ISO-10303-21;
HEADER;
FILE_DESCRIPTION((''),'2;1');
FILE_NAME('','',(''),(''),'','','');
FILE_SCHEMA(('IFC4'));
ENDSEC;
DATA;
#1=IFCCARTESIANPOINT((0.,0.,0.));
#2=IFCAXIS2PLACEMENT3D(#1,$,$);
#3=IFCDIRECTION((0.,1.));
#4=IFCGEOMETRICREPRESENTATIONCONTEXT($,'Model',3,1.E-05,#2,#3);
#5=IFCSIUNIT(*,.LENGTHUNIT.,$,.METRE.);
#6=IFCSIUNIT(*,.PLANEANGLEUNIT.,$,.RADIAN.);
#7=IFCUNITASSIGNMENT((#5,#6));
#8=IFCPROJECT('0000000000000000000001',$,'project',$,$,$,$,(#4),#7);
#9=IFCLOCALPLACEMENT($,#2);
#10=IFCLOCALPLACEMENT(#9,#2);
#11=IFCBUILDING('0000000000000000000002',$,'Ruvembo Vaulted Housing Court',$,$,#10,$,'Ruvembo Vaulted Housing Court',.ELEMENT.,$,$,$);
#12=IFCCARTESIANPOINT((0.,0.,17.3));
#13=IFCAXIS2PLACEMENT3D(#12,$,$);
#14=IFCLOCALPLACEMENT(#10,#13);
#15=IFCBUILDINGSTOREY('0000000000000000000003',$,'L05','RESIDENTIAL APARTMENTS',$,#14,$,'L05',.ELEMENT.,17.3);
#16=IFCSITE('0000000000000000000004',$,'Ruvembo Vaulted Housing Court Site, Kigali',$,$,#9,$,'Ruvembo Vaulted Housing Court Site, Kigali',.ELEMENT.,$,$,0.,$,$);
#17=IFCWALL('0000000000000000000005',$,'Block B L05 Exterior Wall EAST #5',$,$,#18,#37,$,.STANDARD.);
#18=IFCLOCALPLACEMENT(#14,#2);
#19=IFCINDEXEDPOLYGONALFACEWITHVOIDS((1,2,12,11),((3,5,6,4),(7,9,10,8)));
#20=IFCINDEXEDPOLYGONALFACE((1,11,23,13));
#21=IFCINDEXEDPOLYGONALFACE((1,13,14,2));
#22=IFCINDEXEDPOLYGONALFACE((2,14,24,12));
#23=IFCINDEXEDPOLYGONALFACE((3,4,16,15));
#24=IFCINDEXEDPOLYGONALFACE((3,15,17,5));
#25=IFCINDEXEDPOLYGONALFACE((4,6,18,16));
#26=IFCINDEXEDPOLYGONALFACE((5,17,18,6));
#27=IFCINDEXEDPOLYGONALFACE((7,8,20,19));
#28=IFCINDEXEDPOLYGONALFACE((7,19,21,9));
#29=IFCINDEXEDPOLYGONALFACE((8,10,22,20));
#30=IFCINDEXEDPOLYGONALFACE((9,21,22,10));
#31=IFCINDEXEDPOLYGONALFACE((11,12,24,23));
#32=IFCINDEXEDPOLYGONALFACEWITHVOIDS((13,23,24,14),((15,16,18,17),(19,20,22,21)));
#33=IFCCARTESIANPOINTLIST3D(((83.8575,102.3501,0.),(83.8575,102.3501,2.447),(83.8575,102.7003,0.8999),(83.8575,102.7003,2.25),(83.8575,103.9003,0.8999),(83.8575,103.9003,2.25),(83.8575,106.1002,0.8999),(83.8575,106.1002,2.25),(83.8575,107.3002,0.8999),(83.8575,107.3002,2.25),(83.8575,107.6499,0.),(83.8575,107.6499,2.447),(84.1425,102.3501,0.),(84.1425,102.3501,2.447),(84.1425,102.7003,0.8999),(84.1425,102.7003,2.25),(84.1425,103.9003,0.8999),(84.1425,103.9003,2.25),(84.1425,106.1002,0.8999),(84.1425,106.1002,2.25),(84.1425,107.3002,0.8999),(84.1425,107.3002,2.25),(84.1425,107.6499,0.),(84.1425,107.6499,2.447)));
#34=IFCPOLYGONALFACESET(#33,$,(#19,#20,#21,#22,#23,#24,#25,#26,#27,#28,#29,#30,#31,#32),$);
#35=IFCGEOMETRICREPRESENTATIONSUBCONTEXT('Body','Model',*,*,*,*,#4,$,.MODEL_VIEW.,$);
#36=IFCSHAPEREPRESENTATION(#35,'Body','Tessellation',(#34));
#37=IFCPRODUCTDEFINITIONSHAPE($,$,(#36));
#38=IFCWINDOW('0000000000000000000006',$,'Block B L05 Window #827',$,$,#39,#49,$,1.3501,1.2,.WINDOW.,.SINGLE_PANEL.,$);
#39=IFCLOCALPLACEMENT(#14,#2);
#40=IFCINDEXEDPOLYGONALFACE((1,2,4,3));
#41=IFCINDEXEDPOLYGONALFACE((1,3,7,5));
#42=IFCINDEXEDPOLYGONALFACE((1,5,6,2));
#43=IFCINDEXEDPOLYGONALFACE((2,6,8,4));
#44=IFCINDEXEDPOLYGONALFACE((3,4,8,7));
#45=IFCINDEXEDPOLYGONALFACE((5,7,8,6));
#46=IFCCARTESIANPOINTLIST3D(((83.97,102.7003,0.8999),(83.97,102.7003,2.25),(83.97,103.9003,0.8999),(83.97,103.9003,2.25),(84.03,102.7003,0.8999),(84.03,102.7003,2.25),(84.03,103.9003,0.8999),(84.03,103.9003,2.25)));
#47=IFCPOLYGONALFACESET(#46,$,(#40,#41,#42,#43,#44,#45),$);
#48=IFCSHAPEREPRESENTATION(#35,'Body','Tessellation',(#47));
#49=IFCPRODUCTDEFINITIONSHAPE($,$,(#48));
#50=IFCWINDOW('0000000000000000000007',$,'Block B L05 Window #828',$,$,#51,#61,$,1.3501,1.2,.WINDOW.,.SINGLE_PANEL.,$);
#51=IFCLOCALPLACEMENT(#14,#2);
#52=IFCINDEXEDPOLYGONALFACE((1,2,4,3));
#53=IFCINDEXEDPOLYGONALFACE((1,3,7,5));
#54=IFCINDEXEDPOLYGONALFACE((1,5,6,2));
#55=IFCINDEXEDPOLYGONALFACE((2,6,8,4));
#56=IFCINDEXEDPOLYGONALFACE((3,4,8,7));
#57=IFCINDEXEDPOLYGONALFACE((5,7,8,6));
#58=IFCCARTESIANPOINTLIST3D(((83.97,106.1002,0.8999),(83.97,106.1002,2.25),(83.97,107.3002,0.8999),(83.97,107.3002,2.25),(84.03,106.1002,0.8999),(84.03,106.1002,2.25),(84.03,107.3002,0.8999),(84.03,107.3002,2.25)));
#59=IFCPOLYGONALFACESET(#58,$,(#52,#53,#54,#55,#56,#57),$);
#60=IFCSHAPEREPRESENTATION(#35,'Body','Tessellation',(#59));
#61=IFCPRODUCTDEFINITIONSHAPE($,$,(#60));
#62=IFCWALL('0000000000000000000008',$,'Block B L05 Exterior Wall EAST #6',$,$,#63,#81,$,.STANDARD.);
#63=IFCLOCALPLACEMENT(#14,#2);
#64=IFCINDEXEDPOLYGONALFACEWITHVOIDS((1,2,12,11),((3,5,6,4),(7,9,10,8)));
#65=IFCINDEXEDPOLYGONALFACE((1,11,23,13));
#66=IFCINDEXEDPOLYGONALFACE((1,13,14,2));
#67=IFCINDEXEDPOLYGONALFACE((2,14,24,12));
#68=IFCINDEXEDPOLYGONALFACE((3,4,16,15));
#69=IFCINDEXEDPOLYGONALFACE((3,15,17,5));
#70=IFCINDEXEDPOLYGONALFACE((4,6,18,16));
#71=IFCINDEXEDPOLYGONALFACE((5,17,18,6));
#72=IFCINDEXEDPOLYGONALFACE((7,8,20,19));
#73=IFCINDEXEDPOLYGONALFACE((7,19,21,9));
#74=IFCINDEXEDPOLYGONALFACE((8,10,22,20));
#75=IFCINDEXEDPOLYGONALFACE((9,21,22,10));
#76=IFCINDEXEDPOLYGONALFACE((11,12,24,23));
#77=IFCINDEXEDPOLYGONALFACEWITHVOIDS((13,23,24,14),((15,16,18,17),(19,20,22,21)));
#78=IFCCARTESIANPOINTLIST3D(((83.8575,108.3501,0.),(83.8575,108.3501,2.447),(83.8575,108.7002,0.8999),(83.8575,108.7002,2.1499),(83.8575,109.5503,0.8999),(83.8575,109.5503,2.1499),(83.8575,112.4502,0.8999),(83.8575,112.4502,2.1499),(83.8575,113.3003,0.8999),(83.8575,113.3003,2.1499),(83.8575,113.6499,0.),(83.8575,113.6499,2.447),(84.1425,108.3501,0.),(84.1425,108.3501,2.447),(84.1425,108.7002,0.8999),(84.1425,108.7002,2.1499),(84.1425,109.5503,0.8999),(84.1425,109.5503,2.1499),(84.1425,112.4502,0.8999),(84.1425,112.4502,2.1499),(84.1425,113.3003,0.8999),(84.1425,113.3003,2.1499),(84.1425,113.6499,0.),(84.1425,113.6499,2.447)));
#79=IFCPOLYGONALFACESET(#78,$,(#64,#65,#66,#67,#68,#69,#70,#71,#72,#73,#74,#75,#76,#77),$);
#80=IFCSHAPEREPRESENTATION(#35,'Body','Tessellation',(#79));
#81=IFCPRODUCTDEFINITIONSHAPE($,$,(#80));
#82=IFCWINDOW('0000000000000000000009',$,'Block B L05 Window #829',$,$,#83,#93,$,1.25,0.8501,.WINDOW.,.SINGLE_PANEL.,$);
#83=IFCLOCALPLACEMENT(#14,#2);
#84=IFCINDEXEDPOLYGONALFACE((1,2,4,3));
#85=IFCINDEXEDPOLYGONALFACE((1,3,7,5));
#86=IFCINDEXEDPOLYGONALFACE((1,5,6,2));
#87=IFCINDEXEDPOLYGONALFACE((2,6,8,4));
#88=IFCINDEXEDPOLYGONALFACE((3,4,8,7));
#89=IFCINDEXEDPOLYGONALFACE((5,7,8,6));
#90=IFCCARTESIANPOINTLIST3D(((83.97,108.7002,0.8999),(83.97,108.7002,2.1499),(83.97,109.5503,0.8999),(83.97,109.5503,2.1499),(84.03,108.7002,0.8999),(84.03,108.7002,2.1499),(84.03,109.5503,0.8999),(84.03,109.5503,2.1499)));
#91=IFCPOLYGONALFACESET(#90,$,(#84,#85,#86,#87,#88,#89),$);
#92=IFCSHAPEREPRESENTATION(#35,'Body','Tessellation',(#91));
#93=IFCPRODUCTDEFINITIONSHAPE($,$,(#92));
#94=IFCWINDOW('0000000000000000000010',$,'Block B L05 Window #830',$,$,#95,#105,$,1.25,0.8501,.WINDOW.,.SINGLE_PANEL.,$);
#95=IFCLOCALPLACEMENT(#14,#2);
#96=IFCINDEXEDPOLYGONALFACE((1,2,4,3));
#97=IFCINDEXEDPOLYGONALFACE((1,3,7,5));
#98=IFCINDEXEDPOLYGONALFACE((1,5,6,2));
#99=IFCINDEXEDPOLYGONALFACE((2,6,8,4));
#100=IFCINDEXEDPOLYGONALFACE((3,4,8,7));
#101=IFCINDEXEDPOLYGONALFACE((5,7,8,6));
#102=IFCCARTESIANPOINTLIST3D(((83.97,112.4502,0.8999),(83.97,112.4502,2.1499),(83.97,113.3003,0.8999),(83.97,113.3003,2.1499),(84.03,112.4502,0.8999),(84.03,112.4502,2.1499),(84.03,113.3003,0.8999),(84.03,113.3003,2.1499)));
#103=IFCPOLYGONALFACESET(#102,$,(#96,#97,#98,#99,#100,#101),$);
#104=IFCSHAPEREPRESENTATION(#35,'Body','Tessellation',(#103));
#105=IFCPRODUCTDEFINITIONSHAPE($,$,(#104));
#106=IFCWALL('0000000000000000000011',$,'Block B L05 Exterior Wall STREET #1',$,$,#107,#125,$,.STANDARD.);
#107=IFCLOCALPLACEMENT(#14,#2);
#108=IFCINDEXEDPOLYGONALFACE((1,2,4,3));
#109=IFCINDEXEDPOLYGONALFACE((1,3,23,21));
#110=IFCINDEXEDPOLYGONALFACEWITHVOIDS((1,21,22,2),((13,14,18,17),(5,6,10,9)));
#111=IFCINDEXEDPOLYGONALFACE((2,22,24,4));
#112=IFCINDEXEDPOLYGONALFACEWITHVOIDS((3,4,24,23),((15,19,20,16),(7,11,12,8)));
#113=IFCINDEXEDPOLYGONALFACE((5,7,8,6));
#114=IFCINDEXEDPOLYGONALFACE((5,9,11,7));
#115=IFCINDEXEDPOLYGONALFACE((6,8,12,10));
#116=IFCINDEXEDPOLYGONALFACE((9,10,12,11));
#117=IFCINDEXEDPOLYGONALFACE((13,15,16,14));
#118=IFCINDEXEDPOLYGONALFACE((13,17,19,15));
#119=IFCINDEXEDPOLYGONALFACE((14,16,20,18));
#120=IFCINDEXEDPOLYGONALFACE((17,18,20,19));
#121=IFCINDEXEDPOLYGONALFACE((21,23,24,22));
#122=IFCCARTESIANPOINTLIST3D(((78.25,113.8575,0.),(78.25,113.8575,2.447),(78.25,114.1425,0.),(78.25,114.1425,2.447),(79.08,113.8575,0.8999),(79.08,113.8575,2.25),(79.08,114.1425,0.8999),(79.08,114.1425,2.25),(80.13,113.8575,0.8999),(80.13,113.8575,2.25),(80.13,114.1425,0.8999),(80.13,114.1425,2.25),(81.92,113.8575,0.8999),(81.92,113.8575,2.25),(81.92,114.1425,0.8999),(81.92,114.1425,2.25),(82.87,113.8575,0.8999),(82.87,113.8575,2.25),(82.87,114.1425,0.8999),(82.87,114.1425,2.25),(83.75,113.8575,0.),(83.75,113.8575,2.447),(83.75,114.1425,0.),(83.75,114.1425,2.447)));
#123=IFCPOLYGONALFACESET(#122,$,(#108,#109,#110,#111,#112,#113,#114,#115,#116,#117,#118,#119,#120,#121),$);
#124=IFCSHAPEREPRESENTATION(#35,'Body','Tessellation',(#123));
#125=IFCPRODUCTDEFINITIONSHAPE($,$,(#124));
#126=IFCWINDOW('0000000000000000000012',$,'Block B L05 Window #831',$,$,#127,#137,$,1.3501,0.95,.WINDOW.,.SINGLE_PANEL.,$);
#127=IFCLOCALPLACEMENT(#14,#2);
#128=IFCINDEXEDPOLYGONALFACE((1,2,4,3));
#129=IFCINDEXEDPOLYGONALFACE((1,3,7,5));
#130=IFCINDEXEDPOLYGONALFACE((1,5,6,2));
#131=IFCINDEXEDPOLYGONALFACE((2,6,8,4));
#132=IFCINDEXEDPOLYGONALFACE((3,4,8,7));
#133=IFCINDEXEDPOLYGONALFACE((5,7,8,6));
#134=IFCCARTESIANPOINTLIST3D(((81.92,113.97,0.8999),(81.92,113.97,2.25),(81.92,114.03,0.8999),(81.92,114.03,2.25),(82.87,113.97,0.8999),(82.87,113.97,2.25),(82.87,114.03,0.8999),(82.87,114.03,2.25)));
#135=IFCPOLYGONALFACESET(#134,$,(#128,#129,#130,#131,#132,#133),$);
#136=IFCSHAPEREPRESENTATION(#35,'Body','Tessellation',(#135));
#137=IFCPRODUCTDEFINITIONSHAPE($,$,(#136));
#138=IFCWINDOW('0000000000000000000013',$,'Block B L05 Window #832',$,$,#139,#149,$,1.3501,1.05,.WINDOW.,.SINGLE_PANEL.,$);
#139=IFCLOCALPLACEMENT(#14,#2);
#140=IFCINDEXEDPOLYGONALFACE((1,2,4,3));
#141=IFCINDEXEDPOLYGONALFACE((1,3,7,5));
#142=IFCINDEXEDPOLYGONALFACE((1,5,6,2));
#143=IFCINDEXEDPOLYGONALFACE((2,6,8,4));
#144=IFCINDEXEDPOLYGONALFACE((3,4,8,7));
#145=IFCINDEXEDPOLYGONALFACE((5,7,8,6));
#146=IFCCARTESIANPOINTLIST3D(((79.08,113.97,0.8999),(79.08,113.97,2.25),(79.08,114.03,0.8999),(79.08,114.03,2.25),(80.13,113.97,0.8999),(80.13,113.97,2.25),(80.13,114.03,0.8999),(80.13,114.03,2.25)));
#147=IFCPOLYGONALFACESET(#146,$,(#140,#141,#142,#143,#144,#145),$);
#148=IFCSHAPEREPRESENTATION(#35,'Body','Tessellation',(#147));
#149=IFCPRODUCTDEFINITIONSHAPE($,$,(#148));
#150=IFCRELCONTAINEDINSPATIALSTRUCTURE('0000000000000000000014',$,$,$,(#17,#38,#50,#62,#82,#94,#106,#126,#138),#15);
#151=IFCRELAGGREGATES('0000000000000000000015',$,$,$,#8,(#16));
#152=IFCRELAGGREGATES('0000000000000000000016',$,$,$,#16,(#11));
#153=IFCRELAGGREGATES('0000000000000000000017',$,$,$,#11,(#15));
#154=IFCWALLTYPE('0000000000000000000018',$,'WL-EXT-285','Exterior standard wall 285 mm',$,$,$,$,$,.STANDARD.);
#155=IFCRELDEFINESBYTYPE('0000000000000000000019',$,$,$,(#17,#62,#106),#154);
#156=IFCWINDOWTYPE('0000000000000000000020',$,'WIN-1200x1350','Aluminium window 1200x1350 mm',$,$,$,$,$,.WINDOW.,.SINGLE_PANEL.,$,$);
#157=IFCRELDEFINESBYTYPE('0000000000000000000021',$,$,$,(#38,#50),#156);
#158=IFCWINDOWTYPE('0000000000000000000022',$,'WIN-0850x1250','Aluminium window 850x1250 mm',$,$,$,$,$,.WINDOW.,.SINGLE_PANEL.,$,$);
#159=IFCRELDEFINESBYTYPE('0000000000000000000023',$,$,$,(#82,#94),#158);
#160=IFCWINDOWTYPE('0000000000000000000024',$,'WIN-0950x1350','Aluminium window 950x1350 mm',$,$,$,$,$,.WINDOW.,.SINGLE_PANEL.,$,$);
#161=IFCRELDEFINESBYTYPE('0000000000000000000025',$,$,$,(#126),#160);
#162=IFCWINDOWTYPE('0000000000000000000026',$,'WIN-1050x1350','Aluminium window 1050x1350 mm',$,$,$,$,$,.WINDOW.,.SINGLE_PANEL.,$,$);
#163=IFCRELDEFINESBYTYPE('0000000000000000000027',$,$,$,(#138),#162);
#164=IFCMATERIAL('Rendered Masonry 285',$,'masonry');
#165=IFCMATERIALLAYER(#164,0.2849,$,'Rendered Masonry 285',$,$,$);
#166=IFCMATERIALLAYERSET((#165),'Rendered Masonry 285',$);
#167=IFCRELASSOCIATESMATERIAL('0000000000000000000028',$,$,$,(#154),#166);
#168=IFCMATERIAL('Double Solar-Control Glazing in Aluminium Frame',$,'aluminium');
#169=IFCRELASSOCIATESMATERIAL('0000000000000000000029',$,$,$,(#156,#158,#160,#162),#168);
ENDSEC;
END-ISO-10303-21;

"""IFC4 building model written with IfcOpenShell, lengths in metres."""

from ifc_helpers import new_model, si_unit, direction, frame, frame_2d, origin, place, context, subcontext, project, spatial, rectangle, extrude, material, layer, layer_set, type_object, element, fill, save


model = new_model("IFC4")

# Units and contexts
model_context = context("Model", 3, precision=1e-05, world=origin(), true_north=direction((0.0, 1.0)))
body_context = subcontext(model_context, "Body", "Model", "MODEL_VIEW")
ifc_project = project(units=[si_unit("LENGTHUNIT", "METRE"), si_unit("PLANEANGLEUNIT", "RADIAN")], contexts=[model_context])

# Site, building, storey
site_placement = place(None, origin())
site = spatial("IfcSite", under=ifc_project, at=site_placement, Name="Ruvembo Vaulted Housing Court Site, Kigali", LongName="Ruvembo Vaulted Housing Court Site, Kigali", CompositionType="ELEMENT", RefElevation=0.0)
building_placement = place(site_placement, origin())
building = spatial("IfcBuilding", under=site, at=building_placement, Name="Ruvembo Vaulted Housing Court", LongName="Ruvembo Vaulted Housing Court", CompositionType="ELEMENT")
storey_placement = place(building_placement, frame((0.0, 0.0, 17.3)))
storey = spatial("IfcBuildingStorey", under=building, at=storey_placement, Name="L05", Description="RESIDENTIAL APARTMENTS", LongName="L05", CompositionType="ELEMENT", Elevation=17.3)

# Walls, openings, windows
ifc_material_1 = material(Name="Rendered Masonry 285", Category="masonry")
ifc_layer = layer(ifc_material_1, 0.2849, Name="Rendered Masonry 285")
ifc_layer_set = layer_set([ifc_layer], Name="Rendered Masonry 285")
wall_type = type_object("IfcWallType", Name="WL-EXT-285", Description="Exterior standard wall 285 mm", PredefinedType="STANDARD", material=ifc_layer_set)
wall_1_placement = place(storey_placement, frame((84.0, 102.3501, 0.0), z_axis=(0.0, 0.0, 1.0), x_axis=(0.0, 1.0, 0.0)))
wall_1 = element("IfcWall", 1, at=wall_1_placement, inside=storey, type_object=wall_type, Name="Block B L05 Exterior Wall EAST #5", PredefinedType="STANDARD", context=body_context, shape_type="SweptSolid", body=[
    extrude(rectangle(XDim=5.2998, YDim=0.2849, at=frame_2d((2.6499, 0.0))), origin(), (0.0, 0.0, 1.0), 2.447),
])
opening_1_placement = place(wall_1_placement, frame((0.3501, 0.0, 0.8999)))
opening_1 = element("IfcOpeningElement", 2, at=opening_1_placement, cuts=wall_1, PredefinedType="OPENING", context=body_context, shape_type="SweptSolid", body=[
    extrude(rectangle(XDim=1.2, YDim=1.3501, at=frame_2d((0.6001, 0.675))), frame((0.0, 0.1523, 0.0), z_axis=(0.0, -1.0, 0.0), x_axis=(1.0, 0.0, 0.0)), (0.0, 0.0, 1.0), 0.3049),
])
opening_2_placement = place(wall_1_placement, frame((3.75, 0.0, 0.8999)))
opening_2 = element("IfcOpeningElement", 3, at=opening_2_placement, cuts=wall_1, PredefinedType="OPENING", context=body_context, shape_type="SweptSolid", body=[
    extrude(rectangle(XDim=1.2, YDim=1.3501, at=frame_2d((0.6001, 0.675))), frame((0.0, 0.1523, 0.0), z_axis=(0.0, -1.0, 0.0), x_axis=(1.0, 0.0, 0.0)), (0.0, 0.0, 1.0), 0.3049),
])
ifc_material_2 = material(Name="Double Solar-Control Glazing in Aluminium Frame", Category="aluminium")
window_type_1 = type_object("IfcWindowType", Name="WIN-1200x1350", Description="Aluminium window 1200x1350 mm", PartitioningType="SINGLE_PANEL", PredefinedType="WINDOW", material=ifc_material_2)
window_1_placement = place(opening_1_placement, origin())
window_1 = element("IfcWindow", 4, at=window_1_placement, inside=storey, type_object=window_type_1, Name="Block B L05 Window #827", OverallHeight=1.3501, OverallWidth=1.2, PartitioningType="SINGLE_PANEL", PredefinedType="WINDOW", context=body_context, shape_type="SweptSolid", body=[
    extrude(rectangle(XDim=1.2, YDim=1.3501, at=frame_2d((0.6001, 0.675))), frame((0.0, 0.03, 0.0), z_axis=(0.0, -1.0, 0.0), x_axis=(1.0, 0.0, 0.0)), (0.0, 0.0, 1.0), 0.0601),
])
fill(opening_1, window_1)
window_2_placement = place(opening_2_placement, origin())
window_2 = element("IfcWindow", 5, at=window_2_placement, inside=storey, type_object=window_type_1, Name="Block B L05 Window #828", OverallHeight=1.3501, OverallWidth=1.2, PartitioningType="SINGLE_PANEL", PredefinedType="WINDOW", context=body_context, shape_type="SweptSolid", body=[
    extrude(rectangle(XDim=1.2, YDim=1.3501, at=frame_2d((0.6001, 0.675))), frame((0.0, 0.03, 0.0), z_axis=(0.0, -1.0, 0.0), x_axis=(1.0, 0.0, 0.0)), (0.0, 0.0, 1.0), 0.0601),
])
fill(opening_2, window_2)
wall_2_placement = place(storey_placement, frame((84.0, 108.3501, 0.0), z_axis=(0.0, 0.0, 1.0), x_axis=(0.0, 1.0, 0.0)))
wall_2 = element("IfcWall", 6, at=wall_2_placement, inside=storey, type_object=wall_type, Name="Block B L05 Exterior Wall EAST #6", PredefinedType="STANDARD", context=body_context, shape_type="SweptSolid", body=[
    extrude(rectangle(XDim=5.2998, YDim=0.2849, at=frame_2d((2.6499, 0.0))), origin(), (0.0, 0.0, 1.0), 2.447),
])
opening_3_placement = place(wall_2_placement, frame((0.3501, 0.0, 0.8999)))
opening_3 = element("IfcOpeningElement", 7, at=opening_3_placement, cuts=wall_2, PredefinedType="OPENING", context=body_context, shape_type="SweptSolid", body=[
    extrude(rectangle(XDim=0.8501, YDim=1.25, at=frame_2d((0.425, 0.625))), frame((0.0, 0.1523, 0.0), z_axis=(0.0, -1.0, 0.0), x_axis=(1.0, 0.0, 0.0)), (0.0, 0.0, 1.0), 0.3049),
])
opening_4_placement = place(wall_2_placement, frame((4.1001, 0.0, 0.8999)))
opening_4 = element("IfcOpeningElement", 8, at=opening_4_placement, cuts=wall_2, PredefinedType="OPENING", context=body_context, shape_type="SweptSolid", body=[
    extrude(rectangle(XDim=0.8501, YDim=1.25, at=frame_2d((0.425, 0.625))), frame((0.0, 0.1523, 0.0), z_axis=(0.0, -1.0, 0.0), x_axis=(1.0, 0.0, 0.0)), (0.0, 0.0, 1.0), 0.3049),
])
window_type_2 = type_object("IfcWindowType", Name="WIN-0850x1250", Description="Aluminium window 850x1250 mm", PartitioningType="SINGLE_PANEL", PredefinedType="WINDOW", material=ifc_material_2)
window_3_placement = place(opening_3_placement, origin())
window_3 = element("IfcWindow", 9, at=window_3_placement, inside=storey, type_object=window_type_2, Name="Block B L05 Window #829", OverallHeight=1.25, OverallWidth=0.8501, PartitioningType="SINGLE_PANEL", PredefinedType="WINDOW", context=body_context, shape_type="SweptSolid", body=[
    extrude(rectangle(XDim=0.8501, YDim=1.25, at=frame_2d((0.425, 0.625))), frame((0.0, 0.03, 0.0), z_axis=(0.0, -1.0, 0.0), x_axis=(1.0, 0.0, 0.0)), (0.0, 0.0, 1.0), 0.0601),
])
fill(opening_3, window_3)
window_4_placement = place(opening_4_placement, origin())
window_4 = element("IfcWindow", 10, at=window_4_placement, inside=storey, type_object=window_type_2, Name="Block B L05 Window #830", OverallHeight=1.25, OverallWidth=0.8501, PartitioningType="SINGLE_PANEL", PredefinedType="WINDOW", context=body_context, shape_type="SweptSolid", body=[
    extrude(rectangle(XDim=0.8501, YDim=1.25, at=frame_2d((0.425, 0.625))), frame((0.0, 0.03, 0.0), z_axis=(0.0, -1.0, 0.0), x_axis=(1.0, 0.0, 0.0)), (0.0, 0.0, 1.0), 0.0601),
])
fill(opening_4, window_4)
wall_3_placement = place(storey_placement, frame((83.75, 114.0, 0.0), z_axis=(0.0, 0.0, 1.0), x_axis=(-1.0, 0.0, 0.0)))
wall_3 = element("IfcWall", 11, at=wall_3_placement, inside=storey, type_object=wall_type, Name="Block B L05 Exterior Wall STREET #1", PredefinedType="STANDARD", context=body_context, shape_type="SweptSolid", body=[
    extrude(rectangle(XDim=5.5, YDim=0.2849, at=frame_2d((2.75, 0.0))), origin(), (0.0, 0.0, 1.0), 2.447),
])
opening_5_placement = place(wall_3_placement, frame((0.8799, 0.0, 0.8999)))
opening_5 = element("IfcOpeningElement", 12, at=opening_5_placement, cuts=wall_3, PredefinedType="OPENING", context=body_context, shape_type="SweptSolid", body=[
    extrude(rectangle(XDim=0.95, YDim=1.3501, at=frame_2d((0.4751, 0.675))), frame((0.0, 0.1523, 0.0), z_axis=(0.0, -1.0, 0.0), x_axis=(1.0, 0.0, 0.0)), (0.0, 0.0, 1.0), 0.3049),
])
opening_6_placement = place(wall_3_placement, frame((3.6201, 0.0, 0.8999)))
opening_6 = element("IfcOpeningElement", 13, at=opening_6_placement, cuts=wall_3, PredefinedType="OPENING", context=body_context, shape_type="SweptSolid", body=[
    extrude(rectangle(XDim=1.05, YDim=1.3501, at=frame_2d((0.5249, 0.675))), frame((0.0, 0.1523, 0.0), z_axis=(0.0, -1.0, 0.0), x_axis=(1.0, 0.0, 0.0)), (0.0, 0.0, 1.0), 0.3049),
])
window_type_3 = type_object("IfcWindowType", Name="WIN-0950x1350", Description="Aluminium window 950x1350 mm", PartitioningType="SINGLE_PANEL", PredefinedType="WINDOW", material=ifc_material_2)
window_5_placement = place(opening_5_placement, origin())
window_5 = element("IfcWindow", 14, at=window_5_placement, inside=storey, type_object=window_type_3, Name="Block B L05 Window #831", OverallHeight=1.3501, OverallWidth=0.95, PartitioningType="SINGLE_PANEL", PredefinedType="WINDOW", context=body_context, shape_type="SweptSolid", body=[
    extrude(rectangle(XDim=0.95, YDim=1.3501, at=frame_2d((0.4751, 0.675))), frame((0.0, 0.03, 0.0), z_axis=(0.0, -1.0, 0.0), x_axis=(1.0, 0.0, 0.0)), (0.0, 0.0, 1.0), 0.0601),
])
fill(opening_5, window_5)
window_type_4 = type_object("IfcWindowType", Name="WIN-1050x1350", Description="Aluminium window 1050x1350 mm", PartitioningType="SINGLE_PANEL", PredefinedType="WINDOW", material=ifc_material_2)
window_6_placement = place(opening_6_placement, origin())
window_6 = element("IfcWindow", 15, at=window_6_placement, inside=storey, type_object=window_type_4, Name="Block B L05 Window #832", OverallHeight=1.3501, OverallWidth=1.05, PartitioningType="SINGLE_PANEL", PredefinedType="WINDOW", context=body_context, shape_type="SweptSolid", body=[
    extrude(rectangle(XDim=1.05, YDim=1.3501, at=frame_2d((0.5249, 0.675))), frame((0.0, 0.03, 0.0), z_axis=(0.0, -1.0, 0.0), x_axis=(1.0, 0.0, 0.0)), (0.0, 0.0, 1.0), 0.0601),
])
fill(opening_6, window_6)

save(model, "model.ifc")
